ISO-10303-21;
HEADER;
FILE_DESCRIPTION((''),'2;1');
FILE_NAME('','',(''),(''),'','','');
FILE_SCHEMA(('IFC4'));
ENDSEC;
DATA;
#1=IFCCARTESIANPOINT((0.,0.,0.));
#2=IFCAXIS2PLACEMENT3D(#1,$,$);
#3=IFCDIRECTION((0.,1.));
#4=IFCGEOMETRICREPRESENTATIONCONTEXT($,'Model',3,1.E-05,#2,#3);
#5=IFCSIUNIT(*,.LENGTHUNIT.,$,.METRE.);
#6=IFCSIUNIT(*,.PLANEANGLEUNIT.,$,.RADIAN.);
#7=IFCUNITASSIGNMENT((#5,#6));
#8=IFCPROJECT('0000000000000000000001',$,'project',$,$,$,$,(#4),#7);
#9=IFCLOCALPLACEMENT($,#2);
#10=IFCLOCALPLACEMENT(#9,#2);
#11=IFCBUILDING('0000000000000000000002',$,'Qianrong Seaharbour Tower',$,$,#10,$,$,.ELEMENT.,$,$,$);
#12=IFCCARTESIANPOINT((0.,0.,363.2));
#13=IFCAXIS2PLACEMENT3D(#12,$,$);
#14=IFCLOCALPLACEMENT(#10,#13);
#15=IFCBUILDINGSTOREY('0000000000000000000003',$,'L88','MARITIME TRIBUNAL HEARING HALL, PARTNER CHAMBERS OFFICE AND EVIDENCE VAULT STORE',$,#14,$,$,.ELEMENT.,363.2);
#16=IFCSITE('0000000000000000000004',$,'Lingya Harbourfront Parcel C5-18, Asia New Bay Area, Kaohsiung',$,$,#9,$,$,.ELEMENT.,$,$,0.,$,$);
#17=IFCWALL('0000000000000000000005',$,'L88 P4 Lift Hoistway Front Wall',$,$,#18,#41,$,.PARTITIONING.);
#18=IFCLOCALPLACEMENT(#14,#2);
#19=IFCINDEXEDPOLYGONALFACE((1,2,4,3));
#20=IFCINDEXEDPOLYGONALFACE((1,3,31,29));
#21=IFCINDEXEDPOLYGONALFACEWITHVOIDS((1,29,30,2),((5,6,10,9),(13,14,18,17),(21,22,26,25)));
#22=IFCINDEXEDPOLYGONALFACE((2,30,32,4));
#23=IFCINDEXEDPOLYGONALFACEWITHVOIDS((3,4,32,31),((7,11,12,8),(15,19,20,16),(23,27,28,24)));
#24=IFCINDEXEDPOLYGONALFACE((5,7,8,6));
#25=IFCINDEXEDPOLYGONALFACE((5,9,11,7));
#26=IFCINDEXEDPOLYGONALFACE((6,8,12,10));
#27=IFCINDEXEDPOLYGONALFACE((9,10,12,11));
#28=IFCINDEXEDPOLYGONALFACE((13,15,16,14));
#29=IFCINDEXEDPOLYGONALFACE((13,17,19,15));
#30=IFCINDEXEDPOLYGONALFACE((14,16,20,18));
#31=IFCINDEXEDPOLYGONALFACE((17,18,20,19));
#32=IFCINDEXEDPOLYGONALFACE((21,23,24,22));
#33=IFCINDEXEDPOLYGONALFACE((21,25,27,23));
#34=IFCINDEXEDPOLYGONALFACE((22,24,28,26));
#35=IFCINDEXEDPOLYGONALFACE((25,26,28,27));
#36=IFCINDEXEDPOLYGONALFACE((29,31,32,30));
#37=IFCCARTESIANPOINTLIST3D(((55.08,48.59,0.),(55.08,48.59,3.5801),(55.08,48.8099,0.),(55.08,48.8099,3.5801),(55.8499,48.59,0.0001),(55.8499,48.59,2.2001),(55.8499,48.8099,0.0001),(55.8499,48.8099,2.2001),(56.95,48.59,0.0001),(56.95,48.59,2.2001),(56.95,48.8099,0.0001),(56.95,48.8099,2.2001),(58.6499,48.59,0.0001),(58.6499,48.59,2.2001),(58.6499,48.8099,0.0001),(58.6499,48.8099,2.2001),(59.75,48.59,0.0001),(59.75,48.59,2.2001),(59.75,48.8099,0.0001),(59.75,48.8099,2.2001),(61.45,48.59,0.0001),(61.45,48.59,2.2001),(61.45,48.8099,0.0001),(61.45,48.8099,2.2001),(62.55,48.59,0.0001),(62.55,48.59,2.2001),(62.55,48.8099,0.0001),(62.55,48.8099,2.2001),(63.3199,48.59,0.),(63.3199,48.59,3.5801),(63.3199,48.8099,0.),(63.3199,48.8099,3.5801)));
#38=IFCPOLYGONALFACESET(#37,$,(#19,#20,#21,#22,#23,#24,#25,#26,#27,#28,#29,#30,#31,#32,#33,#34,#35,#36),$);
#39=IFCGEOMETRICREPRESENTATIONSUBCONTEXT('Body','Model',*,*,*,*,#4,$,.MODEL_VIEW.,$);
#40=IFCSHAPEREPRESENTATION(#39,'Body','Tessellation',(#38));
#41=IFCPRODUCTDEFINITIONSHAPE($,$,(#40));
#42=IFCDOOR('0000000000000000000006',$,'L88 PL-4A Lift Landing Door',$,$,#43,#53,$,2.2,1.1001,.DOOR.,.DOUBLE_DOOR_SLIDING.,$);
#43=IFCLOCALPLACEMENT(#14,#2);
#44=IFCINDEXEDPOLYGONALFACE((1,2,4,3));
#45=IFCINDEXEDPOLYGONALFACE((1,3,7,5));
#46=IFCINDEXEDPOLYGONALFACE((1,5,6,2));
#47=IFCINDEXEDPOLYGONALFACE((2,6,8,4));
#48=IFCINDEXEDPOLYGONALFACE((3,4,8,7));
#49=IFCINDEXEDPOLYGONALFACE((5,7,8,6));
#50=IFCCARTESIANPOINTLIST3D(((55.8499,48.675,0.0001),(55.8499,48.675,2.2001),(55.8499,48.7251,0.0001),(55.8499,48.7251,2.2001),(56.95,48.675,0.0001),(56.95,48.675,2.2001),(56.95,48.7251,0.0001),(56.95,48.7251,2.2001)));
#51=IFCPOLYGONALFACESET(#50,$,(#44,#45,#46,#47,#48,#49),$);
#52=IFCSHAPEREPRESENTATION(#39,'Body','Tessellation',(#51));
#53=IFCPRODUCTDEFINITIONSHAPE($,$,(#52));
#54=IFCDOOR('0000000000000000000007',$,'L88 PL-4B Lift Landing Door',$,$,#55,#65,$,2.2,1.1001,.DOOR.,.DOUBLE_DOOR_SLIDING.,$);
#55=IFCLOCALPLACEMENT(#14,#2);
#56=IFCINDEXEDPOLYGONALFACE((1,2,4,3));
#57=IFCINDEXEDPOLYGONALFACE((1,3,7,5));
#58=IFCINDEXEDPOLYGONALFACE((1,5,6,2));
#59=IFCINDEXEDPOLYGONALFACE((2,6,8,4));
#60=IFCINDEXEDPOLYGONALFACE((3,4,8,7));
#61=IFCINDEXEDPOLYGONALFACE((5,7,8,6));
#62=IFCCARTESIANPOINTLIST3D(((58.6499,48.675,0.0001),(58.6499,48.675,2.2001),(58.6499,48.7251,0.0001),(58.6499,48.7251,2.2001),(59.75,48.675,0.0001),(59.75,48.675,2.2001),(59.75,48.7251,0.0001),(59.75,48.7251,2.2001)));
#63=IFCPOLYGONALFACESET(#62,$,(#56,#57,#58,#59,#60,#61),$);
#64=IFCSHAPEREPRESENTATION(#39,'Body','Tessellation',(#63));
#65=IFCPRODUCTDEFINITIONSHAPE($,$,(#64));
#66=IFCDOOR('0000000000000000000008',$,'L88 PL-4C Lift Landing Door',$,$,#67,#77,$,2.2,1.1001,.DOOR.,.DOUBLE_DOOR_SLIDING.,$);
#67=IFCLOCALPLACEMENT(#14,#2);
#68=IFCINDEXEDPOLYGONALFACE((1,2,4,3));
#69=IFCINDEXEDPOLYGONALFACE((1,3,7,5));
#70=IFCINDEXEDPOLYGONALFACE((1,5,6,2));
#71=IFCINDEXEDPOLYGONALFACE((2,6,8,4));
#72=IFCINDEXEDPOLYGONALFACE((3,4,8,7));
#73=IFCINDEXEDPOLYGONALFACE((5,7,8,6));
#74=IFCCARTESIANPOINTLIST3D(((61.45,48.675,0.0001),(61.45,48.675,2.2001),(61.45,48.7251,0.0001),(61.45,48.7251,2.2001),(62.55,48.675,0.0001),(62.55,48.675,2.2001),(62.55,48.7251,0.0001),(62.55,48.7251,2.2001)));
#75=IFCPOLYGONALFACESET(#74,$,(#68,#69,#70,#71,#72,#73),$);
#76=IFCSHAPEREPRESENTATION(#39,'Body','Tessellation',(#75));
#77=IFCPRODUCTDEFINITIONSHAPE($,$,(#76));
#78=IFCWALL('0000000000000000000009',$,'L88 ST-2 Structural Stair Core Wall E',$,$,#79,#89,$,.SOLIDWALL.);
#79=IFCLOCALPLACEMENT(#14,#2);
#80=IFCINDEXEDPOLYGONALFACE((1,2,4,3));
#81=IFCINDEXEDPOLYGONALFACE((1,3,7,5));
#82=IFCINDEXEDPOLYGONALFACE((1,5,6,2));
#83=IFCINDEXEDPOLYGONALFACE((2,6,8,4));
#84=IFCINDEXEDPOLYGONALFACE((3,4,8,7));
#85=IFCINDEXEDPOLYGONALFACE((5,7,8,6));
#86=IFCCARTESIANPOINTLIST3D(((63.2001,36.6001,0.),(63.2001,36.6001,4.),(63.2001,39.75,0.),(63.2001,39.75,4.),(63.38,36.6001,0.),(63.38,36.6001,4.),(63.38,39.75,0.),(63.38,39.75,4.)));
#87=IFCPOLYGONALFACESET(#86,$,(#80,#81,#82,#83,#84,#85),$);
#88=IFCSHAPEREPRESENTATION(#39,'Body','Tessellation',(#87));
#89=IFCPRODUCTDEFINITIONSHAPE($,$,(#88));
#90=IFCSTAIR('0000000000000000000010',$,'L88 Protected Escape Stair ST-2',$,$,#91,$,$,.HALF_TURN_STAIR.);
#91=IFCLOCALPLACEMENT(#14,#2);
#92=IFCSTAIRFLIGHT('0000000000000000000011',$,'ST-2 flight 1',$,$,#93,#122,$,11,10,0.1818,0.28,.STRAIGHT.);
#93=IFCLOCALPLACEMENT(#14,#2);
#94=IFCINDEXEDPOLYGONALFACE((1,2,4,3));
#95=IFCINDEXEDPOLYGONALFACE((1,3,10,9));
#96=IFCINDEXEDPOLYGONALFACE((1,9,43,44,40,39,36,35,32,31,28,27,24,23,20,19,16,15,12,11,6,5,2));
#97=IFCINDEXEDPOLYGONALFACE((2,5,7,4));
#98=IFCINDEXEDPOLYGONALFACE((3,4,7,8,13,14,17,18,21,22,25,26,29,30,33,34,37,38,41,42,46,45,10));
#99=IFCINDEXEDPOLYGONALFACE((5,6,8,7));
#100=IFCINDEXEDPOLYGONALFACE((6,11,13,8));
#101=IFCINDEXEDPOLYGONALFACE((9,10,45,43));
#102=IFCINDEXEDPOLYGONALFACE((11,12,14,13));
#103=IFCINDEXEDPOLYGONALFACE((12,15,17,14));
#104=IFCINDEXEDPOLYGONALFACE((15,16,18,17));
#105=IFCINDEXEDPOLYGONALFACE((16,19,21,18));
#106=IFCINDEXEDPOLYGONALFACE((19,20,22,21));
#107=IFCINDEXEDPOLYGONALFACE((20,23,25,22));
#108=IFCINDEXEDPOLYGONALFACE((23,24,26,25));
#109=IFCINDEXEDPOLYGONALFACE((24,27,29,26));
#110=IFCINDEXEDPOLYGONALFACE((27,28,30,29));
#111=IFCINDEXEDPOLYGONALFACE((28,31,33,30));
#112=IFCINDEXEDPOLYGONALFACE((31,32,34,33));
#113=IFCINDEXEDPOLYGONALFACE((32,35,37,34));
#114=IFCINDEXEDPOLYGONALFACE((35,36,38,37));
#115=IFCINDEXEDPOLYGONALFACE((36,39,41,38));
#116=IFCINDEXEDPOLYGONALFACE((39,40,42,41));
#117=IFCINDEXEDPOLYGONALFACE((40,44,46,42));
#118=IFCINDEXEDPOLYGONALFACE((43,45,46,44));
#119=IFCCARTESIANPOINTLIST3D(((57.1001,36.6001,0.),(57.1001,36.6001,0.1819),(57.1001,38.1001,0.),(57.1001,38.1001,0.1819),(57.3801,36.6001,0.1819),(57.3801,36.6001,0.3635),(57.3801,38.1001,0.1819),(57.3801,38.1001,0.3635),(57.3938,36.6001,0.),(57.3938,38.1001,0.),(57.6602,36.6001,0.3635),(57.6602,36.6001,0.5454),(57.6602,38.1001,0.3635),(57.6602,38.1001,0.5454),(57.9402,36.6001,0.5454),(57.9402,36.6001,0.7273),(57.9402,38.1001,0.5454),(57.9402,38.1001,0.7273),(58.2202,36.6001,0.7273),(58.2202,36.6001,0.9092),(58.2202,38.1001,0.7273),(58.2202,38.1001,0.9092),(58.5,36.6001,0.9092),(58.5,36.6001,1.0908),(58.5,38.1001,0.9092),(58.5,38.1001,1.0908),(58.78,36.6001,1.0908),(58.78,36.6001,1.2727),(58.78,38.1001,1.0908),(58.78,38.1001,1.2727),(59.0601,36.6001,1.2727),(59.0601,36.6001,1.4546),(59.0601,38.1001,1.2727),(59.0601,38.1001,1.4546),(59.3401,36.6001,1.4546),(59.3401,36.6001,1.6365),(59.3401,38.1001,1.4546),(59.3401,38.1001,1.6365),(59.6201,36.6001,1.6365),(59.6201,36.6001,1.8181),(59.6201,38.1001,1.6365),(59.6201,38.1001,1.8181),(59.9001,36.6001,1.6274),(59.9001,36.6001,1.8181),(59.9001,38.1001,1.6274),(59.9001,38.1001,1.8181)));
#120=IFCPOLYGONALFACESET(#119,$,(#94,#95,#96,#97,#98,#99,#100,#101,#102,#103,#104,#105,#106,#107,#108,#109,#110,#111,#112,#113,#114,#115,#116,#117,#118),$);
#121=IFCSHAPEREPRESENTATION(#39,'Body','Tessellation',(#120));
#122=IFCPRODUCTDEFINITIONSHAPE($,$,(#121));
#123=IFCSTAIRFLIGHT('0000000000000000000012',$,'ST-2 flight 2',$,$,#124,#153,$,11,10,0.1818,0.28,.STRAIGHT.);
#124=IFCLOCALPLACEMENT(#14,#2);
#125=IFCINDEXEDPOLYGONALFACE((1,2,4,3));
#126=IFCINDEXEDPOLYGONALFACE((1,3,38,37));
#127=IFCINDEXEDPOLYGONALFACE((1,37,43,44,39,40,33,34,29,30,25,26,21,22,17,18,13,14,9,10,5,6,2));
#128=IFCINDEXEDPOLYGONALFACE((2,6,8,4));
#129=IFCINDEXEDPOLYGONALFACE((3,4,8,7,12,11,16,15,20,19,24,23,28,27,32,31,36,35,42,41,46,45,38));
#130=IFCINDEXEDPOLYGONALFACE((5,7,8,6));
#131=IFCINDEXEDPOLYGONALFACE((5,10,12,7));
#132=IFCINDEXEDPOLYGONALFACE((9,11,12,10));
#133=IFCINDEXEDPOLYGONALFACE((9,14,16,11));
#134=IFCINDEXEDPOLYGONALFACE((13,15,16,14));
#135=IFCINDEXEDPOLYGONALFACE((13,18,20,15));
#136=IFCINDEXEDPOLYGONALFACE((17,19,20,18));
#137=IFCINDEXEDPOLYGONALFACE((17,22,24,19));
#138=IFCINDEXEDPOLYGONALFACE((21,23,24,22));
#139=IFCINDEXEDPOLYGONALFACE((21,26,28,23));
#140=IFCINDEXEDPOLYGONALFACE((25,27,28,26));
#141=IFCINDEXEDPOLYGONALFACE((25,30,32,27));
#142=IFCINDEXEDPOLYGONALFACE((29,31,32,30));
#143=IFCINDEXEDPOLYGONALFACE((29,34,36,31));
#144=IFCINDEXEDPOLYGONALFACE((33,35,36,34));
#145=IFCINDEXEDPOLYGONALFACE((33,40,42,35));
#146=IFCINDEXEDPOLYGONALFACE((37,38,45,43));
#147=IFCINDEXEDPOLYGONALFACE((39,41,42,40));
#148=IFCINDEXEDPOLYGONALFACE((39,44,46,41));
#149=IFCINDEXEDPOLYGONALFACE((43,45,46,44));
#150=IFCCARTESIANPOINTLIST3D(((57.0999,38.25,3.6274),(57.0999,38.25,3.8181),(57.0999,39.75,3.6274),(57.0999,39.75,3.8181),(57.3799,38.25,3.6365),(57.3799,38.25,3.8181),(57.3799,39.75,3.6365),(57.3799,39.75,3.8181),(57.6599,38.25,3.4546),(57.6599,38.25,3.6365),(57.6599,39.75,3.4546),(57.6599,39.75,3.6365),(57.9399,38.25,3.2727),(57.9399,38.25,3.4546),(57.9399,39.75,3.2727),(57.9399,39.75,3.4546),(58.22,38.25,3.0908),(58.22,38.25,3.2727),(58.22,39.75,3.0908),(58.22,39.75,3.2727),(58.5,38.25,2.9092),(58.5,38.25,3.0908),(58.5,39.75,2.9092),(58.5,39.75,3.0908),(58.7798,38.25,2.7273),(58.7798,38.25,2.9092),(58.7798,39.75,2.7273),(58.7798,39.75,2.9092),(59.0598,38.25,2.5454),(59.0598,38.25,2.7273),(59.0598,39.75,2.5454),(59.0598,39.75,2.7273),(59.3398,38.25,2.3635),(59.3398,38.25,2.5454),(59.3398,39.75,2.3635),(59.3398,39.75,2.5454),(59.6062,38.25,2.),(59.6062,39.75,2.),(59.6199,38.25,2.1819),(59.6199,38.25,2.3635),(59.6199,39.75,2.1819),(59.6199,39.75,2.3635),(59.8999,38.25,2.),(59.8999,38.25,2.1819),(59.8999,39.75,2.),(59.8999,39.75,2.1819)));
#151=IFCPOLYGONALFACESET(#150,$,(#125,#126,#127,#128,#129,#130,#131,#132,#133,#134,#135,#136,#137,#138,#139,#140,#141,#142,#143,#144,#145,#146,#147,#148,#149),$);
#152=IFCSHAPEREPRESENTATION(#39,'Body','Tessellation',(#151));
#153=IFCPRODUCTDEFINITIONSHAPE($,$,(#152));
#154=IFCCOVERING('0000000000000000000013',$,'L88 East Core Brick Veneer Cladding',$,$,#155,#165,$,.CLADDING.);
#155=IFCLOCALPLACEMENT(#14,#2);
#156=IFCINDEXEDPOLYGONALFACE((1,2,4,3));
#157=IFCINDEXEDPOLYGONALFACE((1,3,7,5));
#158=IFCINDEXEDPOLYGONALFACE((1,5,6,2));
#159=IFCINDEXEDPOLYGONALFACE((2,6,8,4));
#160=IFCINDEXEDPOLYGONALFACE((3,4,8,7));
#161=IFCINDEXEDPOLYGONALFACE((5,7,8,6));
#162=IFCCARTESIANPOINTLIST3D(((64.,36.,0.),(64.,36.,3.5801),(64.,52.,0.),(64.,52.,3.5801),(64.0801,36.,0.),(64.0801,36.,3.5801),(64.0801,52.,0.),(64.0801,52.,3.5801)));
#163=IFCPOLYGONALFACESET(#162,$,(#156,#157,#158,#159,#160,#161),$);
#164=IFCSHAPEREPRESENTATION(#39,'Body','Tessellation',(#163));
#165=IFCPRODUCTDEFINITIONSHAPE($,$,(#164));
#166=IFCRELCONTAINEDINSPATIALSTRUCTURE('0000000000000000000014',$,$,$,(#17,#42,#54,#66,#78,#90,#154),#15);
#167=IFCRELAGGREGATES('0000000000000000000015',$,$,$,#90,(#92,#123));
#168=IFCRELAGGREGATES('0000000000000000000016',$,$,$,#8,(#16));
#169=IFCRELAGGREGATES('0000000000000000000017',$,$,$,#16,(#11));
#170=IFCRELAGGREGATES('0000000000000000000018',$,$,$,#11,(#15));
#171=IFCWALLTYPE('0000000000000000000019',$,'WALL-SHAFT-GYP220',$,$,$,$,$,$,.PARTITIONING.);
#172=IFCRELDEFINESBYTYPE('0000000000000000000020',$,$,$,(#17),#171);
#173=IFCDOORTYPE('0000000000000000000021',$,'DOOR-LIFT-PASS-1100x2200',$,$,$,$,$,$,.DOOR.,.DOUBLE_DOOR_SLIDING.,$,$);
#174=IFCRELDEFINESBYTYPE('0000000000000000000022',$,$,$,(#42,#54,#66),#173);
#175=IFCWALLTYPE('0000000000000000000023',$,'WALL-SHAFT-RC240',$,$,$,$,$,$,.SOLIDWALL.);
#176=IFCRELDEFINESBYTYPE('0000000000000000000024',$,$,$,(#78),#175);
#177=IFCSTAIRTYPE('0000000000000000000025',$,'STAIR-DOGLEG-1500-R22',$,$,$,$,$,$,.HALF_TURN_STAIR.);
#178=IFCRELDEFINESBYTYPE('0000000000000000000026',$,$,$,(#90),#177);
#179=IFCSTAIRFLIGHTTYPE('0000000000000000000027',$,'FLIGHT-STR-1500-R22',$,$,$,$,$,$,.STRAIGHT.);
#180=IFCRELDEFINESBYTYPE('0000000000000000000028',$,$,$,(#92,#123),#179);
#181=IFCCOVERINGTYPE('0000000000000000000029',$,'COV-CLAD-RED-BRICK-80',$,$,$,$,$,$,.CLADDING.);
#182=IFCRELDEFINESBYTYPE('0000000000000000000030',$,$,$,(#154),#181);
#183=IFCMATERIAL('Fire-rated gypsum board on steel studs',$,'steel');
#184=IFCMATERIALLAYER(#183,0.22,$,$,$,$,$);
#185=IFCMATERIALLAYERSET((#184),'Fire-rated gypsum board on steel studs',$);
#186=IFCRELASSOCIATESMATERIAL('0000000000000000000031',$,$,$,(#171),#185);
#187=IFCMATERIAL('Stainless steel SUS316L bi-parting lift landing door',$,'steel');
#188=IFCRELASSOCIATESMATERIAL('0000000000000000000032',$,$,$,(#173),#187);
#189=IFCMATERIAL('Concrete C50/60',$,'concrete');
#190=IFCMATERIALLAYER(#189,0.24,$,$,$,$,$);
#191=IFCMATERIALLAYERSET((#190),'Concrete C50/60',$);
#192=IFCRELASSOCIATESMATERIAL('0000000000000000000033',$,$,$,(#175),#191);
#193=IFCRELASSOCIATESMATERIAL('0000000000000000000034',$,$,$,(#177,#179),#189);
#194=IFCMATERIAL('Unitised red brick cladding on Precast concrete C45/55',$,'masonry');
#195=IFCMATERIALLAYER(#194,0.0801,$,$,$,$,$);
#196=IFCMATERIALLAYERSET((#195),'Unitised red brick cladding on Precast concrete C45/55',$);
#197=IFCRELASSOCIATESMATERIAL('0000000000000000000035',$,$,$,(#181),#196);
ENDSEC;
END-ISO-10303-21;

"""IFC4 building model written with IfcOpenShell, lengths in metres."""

from ifc_helpers import new_model, si_unit, direction, frame, frame_2d, origin, origin_2d, place, context, subcontext, project, spatial, polyline, rectangle, outline, extrude, material, layer, layer_set, type_object, element, fill, aggregate, save


model = new_model("IFC4")

# Units and contexts
model_context = context("Model", 3, precision=1e-05, world=origin(), true_north=direction((0.0, 1.0)))
body_context = subcontext(model_context, "Body", "Model", "MODEL_VIEW")
ifc_project = project(units=[si_unit("LENGTHUNIT", "METRE"), si_unit("PLANEANGLEUNIT", "RADIAN")], contexts=[model_context])

# Site, building, storey
site_placement = place(None, origin())
site = spatial("IfcSite", under=ifc_project, at=site_placement, Name="Lingya Harbourfront Parcel C5-18, Asia New Bay Area, Kaohsiung", CompositionType="ELEMENT", RefElevation=0.0)
building_placement = place(site_placement, origin())
building = spatial("IfcBuilding", under=site, at=building_placement, Name="Qianrong Seaharbour Tower", CompositionType="ELEMENT")
storey_placement = place(building_placement, frame((0.0, 0.0, 363.2)))
storey = spatial("IfcBuildingStorey", under=building, at=storey_placement, Name="L88", Description="MARITIME TRIBUNAL HEARING HALL, PARTNER CHAMBERS OFFICE AND EVIDENCE VAULT STORE", CompositionType="ELEMENT", Elevation=363.2)

# Shared definitions
ifc_material_1 = material(Name="Concrete C50/60", Category="concrete")

# Shared definitions
ifc_material_2 = material(Name="Fire-rated gypsum board on steel studs", Category="steel")

# Wall, openings, doors
ifc_layer_1 = layer(ifc_material_2, 0.22)
ifc_layer_set_1 = layer_set([ifc_layer_1], Name="Fire-rated gypsum board on steel studs")
wall_type_1 = type_object("IfcWallType", Name="WALL-SHAFT-GYP220", PredefinedType="PARTITIONING", material=ifc_layer_set_1)
wall_1_placement = place(storey_placement, frame((63.3201, 48.7, 0.0), z_axis=(0.0, 0.0, 1.0), x_axis=(-1.0, 0.0, 0.0)))
wall_1 = element("IfcWall", 1, at=wall_1_placement, inside=storey, type_object=wall_type_1, Name="L88 P4 Lift Hoistway Front Wall", PredefinedType="PARTITIONING", context=body_context, shape_type="SweptSolid", body=[
    extrude(rectangle(XDim=8.24, YDim=0.22, at=frame_2d((4.1201, 0.0))), origin(), (0.0, 0.0, 1.0), 3.5801),
])
opening_1_placement = place(wall_1_placement, frame((6.3701, 0.0, 0.0)))
opening_1 = element("IfcOpeningElement", 2, at=opening_1_placement, cuts=wall_1, PredefinedType="OPENING", context=body_context, shape_type="SweptSolid", body=[
    extrude(rectangle(XDim=1.1001, YDim=2.2, at=frame_2d((0.55, 1.1001))), frame((0.0, 0.1201, 0.0), z_axis=(0.0, -1.0, 0.0), x_axis=(1.0, 0.0, 0.0)), (0.0, 0.0, 1.0), 0.24),
])
opening_2_placement = place(wall_1_placement, frame((3.5701, 0.0, 0.0)))
opening_2 = element("IfcOpeningElement", 3, at=opening_2_placement, cuts=wall_1, PredefinedType="OPENING", context=body_context, shape_type="SweptSolid", body=[
    extrude(rectangle(XDim=1.1001, YDim=2.2, at=frame_2d((0.55, 1.1001))), frame((0.0, 0.1201, 0.0), z_axis=(0.0, -1.0, 0.0), x_axis=(1.0, 0.0, 0.0)), (0.0, 0.0, 1.0), 0.24),
])
opening_3_placement = place(wall_1_placement, frame((0.77, 0.0, 0.0)))
opening_3 = element("IfcOpeningElement", 4, at=opening_3_placement, cuts=wall_1, PredefinedType="OPENING", context=body_context, shape_type="SweptSolid", body=[
    extrude(rectangle(XDim=1.1001, YDim=2.2, at=frame_2d((0.55, 1.1001))), frame((0.0, 0.1201, 0.0), z_axis=(0.0, -1.0, 0.0), x_axis=(1.0, 0.0, 0.0)), (0.0, 0.0, 1.0), 0.24),
])
ifc_material_3 = material(Name="Stainless steel SUS316L bi-parting lift landing door", Category="steel")
door_type_1 = type_object("IfcDoorType", Name="DOOR-LIFT-PASS-1100x2200", OperationType="DOUBLE_DOOR_SLIDING", PredefinedType="DOOR", material=ifc_material_3)
door_1_placement = place(opening_1_placement, origin())
door_1 = element("IfcDoor", 5, at=door_1_placement, inside=storey, type_object=door_type_1, Name="L88 PL-4A Lift Landing Door", OperationType="DOUBLE_DOOR_SLIDING", OverallHeight=2.2, OverallWidth=1.1001, PredefinedType="DOOR", context=body_context, shape_type="SweptSolid", body=[
    extrude(rectangle(XDim=1.1001, YDim=2.2, at=frame_2d((0.55, 1.1001))), frame((0.0, 0.0249, 0.0), z_axis=(0.0, -1.0, 0.0), x_axis=(1.0, 0.0, 0.0)), (0.0, 0.0, 1.0), 0.05),
])
fill(opening_1, door_1)
door_2_placement = place(opening_2_placement, origin())
door_2 = element("IfcDoor", 6, at=door_2_placement, inside=storey, type_object=door_type_1, Name="L88 PL-4B Lift Landing Door", OperationType="DOUBLE_DOOR_SLIDING", OverallHeight=2.2, OverallWidth=1.1001, PredefinedType="DOOR", context=body_context, shape_type="SweptSolid", body=[
    extrude(rectangle(XDim=1.1001, YDim=2.2, at=frame_2d((0.55, 1.1001))), frame((0.0, 0.0249, 0.0), z_axis=(0.0, -1.0, 0.0), x_axis=(1.0, 0.0, 0.0)), (0.0, 0.0, 1.0), 0.05),
])
fill(opening_2, door_2)
door_3_placement = place(opening_3_placement, origin())
door_3 = element("IfcDoor", 7, at=door_3_placement, inside=storey, type_object=door_type_1, Name="L88 PL-4C Lift Landing Door", OperationType="DOUBLE_DOOR_SLIDING", OverallHeight=2.2, OverallWidth=1.1001, PredefinedType="DOOR", context=body_context, shape_type="SweptSolid", body=[
    extrude(rectangle(XDim=1.1001, YDim=2.2, at=frame_2d((0.55, 1.1001))), frame((0.0, 0.0249, 0.0), z_axis=(0.0, -1.0, 0.0), x_axis=(1.0, 0.0, 0.0)), (0.0, 0.0, 1.0), 0.05),
])
fill(opening_3, door_3)

# Wall
ifc_layer_2 = layer(ifc_material_1, 0.24)
ifc_layer_set_2 = layer_set([ifc_layer_2], Name="Concrete C50/60")
wall_type_2 = type_object("IfcWallType", Name="WALL-SHAFT-RC240", PredefinedType="SOLIDWALL", material=ifc_layer_set_2)
wall_2_placement = place(storey_placement, frame((63.29, 36.6001, 0.0), z_axis=(0.0, 0.0, 1.0), x_axis=(0.0, 1.0, 0.0)))
element("IfcWall", 8, at=wall_2_placement, inside=storey, type_object=wall_type_2, Name="L88 ST-2 Structural Stair Core Wall E", PredefinedType="SOLIDWALL", context=body_context, shape_type="SweptSolid", body=[
    extrude(rectangle(XDim=3.1499, YDim=0.1799, at=frame_2d((1.575, 0.0))), origin(), (0.0, 0.0, 1.0), 4.0),
])

# Stair, stair flights
stair_type = type_object("IfcStairType", Name="STAIR-DOGLEG-1500-R22", PredefinedType="HALF_TURN_STAIR", material=ifc_material_1)
stair_placement = place(storey_placement, origin())
stair = element("IfcStair", 9, at=stair_placement, inside=storey, type_object=stair_type, Name="L88 Protected Escape Stair ST-2", PredefinedType="HALF_TURN_STAIR")
stair_flight_type = type_object("IfcStairFlightType", Name="FLIGHT-STR-1500-R22", PredefinedType="STRAIGHT", material=ifc_material_1)
stair_flight_1_placement = place(storey_placement, frame((57.1001, 37.3501, 0.0), z_axis=(0.0, 0.0, 1.0), x_axis=(1.0, 0.0, 0.0)))
stair_flight_1 = element("IfcStairFlight", 10, at=stair_flight_1_placement, type_object=stair_flight_type, Name="ST-2 flight 1", NumberOfRisers=11, NumberOfTreads=10, PredefinedType="STRAIGHT", RiserHeight=0.1818, TreadLength=0.28, context=body_context, shape_type="SweptSolid", body=[
    extrude(outline(polyline([(0.0, 0.0), (0.0, 0.1819), (0.28, 0.1819), (0.28, 0.3635), (0.5601, 0.3635), (0.5601, 0.5454), (0.8401, 0.5454), (0.8401, 0.7273), (1.1201, 0.7273), (1.1201, 0.9092), (1.3999, 0.9092), (1.3999, 1.0908), (1.6799, 1.0908), (1.6799, 1.2727), (1.96, 1.2727), (1.96, 1.4546), (2.24, 1.4546), (2.24, 1.6365), (2.52, 1.6365), (2.52, 1.8181), (2.8, 1.8181), (2.8, 2.0), (2.8, 1.6274), (0.2937, 0.0), (0.0, 0.0)])), frame((0.0, 0.75, 0.0), z_axis=(0.0, -1.0, 0.0), x_axis=(1.0, 0.0, 0.0)), (0.0, 0.0, 1.0), 1.5),
])
stair_flight_2_placement = place(storey_placement, frame((59.8999, 39.0, 2.0), z_axis=(0.0, 0.0, 1.0), x_axis=(-1.0, 0.0, 0.0)))
stair_flight_2 = element("IfcStairFlight", 11, at=stair_flight_2_placement, type_object=stair_flight_type, Name="ST-2 flight 2", NumberOfRisers=11, NumberOfTreads=10, PredefinedType="STRAIGHT", RiserHeight=0.1818, TreadLength=0.28, context=body_context, shape_type="SweptSolid", body=[
    extrude(outline(polyline([(0.0, 0.0), (0.0, 0.1819), (0.28, 0.1819), (0.28, 0.3635), (0.5601, 0.3635), (0.5601, 0.5454), (0.8401, 0.5454), (0.8401, 0.7273), (1.1201, 0.7273), (1.1201, 0.9092), (1.3999, 0.9092), (1.3999, 1.0908), (1.6799, 1.0908), (1.6799, 1.2727), (1.96, 1.2727), (1.96, 1.4546), (2.24, 1.4546), (2.24, 1.6365), (2.52, 1.6365), (2.52, 1.8181), (2.8, 1.8181), (2.8, 2.0), (2.8, 1.6274), (0.2937, 0.0), (0.0, 0.0)])), frame((0.0, 0.75, 0.0), z_axis=(0.0, -1.0, 0.0), x_axis=(1.0, 0.0, 0.0)), (0.0, 0.0, 1.0), 1.5),
])
aggregate(stair, [stair_flight_1, stair_flight_2])

# Covering
ifc_material_4 = material(Name="Unitised red brick cladding on Precast concrete C45/55", Category="masonry")
ifc_layer_3 = layer(ifc_material_4, 0.0801)
ifc_layer_set_3 = layer_set([ifc_layer_3], Name="Unitised red brick cladding on Precast concrete C45/55")
covering_type = type_object("IfcCoveringType", Name="COV-CLAD-RED-BRICK-80", PredefinedType="CLADDING", material=ifc_layer_set_3)
covering_placement = place(storey_placement, frame((64.04, 44.0, 0.0), z_axis=(0.0, 0.0, 1.0), x_axis=(1.0, 0.0, 0.0)))
element("IfcCovering", 12, at=covering_placement, inside=storey, type_object=covering_type, Name="L88 East Core Brick Veneer Cladding", PredefinedType="CLADDING", context=body_context, shape_type="SweptSolid", body=[
    extrude(rectangle(XDim=0.0801, YDim=16.0, at=origin_2d()), origin(), (0.0, 0.0, 1.0), 3.5801),
])

save(model, "model.ifc")
